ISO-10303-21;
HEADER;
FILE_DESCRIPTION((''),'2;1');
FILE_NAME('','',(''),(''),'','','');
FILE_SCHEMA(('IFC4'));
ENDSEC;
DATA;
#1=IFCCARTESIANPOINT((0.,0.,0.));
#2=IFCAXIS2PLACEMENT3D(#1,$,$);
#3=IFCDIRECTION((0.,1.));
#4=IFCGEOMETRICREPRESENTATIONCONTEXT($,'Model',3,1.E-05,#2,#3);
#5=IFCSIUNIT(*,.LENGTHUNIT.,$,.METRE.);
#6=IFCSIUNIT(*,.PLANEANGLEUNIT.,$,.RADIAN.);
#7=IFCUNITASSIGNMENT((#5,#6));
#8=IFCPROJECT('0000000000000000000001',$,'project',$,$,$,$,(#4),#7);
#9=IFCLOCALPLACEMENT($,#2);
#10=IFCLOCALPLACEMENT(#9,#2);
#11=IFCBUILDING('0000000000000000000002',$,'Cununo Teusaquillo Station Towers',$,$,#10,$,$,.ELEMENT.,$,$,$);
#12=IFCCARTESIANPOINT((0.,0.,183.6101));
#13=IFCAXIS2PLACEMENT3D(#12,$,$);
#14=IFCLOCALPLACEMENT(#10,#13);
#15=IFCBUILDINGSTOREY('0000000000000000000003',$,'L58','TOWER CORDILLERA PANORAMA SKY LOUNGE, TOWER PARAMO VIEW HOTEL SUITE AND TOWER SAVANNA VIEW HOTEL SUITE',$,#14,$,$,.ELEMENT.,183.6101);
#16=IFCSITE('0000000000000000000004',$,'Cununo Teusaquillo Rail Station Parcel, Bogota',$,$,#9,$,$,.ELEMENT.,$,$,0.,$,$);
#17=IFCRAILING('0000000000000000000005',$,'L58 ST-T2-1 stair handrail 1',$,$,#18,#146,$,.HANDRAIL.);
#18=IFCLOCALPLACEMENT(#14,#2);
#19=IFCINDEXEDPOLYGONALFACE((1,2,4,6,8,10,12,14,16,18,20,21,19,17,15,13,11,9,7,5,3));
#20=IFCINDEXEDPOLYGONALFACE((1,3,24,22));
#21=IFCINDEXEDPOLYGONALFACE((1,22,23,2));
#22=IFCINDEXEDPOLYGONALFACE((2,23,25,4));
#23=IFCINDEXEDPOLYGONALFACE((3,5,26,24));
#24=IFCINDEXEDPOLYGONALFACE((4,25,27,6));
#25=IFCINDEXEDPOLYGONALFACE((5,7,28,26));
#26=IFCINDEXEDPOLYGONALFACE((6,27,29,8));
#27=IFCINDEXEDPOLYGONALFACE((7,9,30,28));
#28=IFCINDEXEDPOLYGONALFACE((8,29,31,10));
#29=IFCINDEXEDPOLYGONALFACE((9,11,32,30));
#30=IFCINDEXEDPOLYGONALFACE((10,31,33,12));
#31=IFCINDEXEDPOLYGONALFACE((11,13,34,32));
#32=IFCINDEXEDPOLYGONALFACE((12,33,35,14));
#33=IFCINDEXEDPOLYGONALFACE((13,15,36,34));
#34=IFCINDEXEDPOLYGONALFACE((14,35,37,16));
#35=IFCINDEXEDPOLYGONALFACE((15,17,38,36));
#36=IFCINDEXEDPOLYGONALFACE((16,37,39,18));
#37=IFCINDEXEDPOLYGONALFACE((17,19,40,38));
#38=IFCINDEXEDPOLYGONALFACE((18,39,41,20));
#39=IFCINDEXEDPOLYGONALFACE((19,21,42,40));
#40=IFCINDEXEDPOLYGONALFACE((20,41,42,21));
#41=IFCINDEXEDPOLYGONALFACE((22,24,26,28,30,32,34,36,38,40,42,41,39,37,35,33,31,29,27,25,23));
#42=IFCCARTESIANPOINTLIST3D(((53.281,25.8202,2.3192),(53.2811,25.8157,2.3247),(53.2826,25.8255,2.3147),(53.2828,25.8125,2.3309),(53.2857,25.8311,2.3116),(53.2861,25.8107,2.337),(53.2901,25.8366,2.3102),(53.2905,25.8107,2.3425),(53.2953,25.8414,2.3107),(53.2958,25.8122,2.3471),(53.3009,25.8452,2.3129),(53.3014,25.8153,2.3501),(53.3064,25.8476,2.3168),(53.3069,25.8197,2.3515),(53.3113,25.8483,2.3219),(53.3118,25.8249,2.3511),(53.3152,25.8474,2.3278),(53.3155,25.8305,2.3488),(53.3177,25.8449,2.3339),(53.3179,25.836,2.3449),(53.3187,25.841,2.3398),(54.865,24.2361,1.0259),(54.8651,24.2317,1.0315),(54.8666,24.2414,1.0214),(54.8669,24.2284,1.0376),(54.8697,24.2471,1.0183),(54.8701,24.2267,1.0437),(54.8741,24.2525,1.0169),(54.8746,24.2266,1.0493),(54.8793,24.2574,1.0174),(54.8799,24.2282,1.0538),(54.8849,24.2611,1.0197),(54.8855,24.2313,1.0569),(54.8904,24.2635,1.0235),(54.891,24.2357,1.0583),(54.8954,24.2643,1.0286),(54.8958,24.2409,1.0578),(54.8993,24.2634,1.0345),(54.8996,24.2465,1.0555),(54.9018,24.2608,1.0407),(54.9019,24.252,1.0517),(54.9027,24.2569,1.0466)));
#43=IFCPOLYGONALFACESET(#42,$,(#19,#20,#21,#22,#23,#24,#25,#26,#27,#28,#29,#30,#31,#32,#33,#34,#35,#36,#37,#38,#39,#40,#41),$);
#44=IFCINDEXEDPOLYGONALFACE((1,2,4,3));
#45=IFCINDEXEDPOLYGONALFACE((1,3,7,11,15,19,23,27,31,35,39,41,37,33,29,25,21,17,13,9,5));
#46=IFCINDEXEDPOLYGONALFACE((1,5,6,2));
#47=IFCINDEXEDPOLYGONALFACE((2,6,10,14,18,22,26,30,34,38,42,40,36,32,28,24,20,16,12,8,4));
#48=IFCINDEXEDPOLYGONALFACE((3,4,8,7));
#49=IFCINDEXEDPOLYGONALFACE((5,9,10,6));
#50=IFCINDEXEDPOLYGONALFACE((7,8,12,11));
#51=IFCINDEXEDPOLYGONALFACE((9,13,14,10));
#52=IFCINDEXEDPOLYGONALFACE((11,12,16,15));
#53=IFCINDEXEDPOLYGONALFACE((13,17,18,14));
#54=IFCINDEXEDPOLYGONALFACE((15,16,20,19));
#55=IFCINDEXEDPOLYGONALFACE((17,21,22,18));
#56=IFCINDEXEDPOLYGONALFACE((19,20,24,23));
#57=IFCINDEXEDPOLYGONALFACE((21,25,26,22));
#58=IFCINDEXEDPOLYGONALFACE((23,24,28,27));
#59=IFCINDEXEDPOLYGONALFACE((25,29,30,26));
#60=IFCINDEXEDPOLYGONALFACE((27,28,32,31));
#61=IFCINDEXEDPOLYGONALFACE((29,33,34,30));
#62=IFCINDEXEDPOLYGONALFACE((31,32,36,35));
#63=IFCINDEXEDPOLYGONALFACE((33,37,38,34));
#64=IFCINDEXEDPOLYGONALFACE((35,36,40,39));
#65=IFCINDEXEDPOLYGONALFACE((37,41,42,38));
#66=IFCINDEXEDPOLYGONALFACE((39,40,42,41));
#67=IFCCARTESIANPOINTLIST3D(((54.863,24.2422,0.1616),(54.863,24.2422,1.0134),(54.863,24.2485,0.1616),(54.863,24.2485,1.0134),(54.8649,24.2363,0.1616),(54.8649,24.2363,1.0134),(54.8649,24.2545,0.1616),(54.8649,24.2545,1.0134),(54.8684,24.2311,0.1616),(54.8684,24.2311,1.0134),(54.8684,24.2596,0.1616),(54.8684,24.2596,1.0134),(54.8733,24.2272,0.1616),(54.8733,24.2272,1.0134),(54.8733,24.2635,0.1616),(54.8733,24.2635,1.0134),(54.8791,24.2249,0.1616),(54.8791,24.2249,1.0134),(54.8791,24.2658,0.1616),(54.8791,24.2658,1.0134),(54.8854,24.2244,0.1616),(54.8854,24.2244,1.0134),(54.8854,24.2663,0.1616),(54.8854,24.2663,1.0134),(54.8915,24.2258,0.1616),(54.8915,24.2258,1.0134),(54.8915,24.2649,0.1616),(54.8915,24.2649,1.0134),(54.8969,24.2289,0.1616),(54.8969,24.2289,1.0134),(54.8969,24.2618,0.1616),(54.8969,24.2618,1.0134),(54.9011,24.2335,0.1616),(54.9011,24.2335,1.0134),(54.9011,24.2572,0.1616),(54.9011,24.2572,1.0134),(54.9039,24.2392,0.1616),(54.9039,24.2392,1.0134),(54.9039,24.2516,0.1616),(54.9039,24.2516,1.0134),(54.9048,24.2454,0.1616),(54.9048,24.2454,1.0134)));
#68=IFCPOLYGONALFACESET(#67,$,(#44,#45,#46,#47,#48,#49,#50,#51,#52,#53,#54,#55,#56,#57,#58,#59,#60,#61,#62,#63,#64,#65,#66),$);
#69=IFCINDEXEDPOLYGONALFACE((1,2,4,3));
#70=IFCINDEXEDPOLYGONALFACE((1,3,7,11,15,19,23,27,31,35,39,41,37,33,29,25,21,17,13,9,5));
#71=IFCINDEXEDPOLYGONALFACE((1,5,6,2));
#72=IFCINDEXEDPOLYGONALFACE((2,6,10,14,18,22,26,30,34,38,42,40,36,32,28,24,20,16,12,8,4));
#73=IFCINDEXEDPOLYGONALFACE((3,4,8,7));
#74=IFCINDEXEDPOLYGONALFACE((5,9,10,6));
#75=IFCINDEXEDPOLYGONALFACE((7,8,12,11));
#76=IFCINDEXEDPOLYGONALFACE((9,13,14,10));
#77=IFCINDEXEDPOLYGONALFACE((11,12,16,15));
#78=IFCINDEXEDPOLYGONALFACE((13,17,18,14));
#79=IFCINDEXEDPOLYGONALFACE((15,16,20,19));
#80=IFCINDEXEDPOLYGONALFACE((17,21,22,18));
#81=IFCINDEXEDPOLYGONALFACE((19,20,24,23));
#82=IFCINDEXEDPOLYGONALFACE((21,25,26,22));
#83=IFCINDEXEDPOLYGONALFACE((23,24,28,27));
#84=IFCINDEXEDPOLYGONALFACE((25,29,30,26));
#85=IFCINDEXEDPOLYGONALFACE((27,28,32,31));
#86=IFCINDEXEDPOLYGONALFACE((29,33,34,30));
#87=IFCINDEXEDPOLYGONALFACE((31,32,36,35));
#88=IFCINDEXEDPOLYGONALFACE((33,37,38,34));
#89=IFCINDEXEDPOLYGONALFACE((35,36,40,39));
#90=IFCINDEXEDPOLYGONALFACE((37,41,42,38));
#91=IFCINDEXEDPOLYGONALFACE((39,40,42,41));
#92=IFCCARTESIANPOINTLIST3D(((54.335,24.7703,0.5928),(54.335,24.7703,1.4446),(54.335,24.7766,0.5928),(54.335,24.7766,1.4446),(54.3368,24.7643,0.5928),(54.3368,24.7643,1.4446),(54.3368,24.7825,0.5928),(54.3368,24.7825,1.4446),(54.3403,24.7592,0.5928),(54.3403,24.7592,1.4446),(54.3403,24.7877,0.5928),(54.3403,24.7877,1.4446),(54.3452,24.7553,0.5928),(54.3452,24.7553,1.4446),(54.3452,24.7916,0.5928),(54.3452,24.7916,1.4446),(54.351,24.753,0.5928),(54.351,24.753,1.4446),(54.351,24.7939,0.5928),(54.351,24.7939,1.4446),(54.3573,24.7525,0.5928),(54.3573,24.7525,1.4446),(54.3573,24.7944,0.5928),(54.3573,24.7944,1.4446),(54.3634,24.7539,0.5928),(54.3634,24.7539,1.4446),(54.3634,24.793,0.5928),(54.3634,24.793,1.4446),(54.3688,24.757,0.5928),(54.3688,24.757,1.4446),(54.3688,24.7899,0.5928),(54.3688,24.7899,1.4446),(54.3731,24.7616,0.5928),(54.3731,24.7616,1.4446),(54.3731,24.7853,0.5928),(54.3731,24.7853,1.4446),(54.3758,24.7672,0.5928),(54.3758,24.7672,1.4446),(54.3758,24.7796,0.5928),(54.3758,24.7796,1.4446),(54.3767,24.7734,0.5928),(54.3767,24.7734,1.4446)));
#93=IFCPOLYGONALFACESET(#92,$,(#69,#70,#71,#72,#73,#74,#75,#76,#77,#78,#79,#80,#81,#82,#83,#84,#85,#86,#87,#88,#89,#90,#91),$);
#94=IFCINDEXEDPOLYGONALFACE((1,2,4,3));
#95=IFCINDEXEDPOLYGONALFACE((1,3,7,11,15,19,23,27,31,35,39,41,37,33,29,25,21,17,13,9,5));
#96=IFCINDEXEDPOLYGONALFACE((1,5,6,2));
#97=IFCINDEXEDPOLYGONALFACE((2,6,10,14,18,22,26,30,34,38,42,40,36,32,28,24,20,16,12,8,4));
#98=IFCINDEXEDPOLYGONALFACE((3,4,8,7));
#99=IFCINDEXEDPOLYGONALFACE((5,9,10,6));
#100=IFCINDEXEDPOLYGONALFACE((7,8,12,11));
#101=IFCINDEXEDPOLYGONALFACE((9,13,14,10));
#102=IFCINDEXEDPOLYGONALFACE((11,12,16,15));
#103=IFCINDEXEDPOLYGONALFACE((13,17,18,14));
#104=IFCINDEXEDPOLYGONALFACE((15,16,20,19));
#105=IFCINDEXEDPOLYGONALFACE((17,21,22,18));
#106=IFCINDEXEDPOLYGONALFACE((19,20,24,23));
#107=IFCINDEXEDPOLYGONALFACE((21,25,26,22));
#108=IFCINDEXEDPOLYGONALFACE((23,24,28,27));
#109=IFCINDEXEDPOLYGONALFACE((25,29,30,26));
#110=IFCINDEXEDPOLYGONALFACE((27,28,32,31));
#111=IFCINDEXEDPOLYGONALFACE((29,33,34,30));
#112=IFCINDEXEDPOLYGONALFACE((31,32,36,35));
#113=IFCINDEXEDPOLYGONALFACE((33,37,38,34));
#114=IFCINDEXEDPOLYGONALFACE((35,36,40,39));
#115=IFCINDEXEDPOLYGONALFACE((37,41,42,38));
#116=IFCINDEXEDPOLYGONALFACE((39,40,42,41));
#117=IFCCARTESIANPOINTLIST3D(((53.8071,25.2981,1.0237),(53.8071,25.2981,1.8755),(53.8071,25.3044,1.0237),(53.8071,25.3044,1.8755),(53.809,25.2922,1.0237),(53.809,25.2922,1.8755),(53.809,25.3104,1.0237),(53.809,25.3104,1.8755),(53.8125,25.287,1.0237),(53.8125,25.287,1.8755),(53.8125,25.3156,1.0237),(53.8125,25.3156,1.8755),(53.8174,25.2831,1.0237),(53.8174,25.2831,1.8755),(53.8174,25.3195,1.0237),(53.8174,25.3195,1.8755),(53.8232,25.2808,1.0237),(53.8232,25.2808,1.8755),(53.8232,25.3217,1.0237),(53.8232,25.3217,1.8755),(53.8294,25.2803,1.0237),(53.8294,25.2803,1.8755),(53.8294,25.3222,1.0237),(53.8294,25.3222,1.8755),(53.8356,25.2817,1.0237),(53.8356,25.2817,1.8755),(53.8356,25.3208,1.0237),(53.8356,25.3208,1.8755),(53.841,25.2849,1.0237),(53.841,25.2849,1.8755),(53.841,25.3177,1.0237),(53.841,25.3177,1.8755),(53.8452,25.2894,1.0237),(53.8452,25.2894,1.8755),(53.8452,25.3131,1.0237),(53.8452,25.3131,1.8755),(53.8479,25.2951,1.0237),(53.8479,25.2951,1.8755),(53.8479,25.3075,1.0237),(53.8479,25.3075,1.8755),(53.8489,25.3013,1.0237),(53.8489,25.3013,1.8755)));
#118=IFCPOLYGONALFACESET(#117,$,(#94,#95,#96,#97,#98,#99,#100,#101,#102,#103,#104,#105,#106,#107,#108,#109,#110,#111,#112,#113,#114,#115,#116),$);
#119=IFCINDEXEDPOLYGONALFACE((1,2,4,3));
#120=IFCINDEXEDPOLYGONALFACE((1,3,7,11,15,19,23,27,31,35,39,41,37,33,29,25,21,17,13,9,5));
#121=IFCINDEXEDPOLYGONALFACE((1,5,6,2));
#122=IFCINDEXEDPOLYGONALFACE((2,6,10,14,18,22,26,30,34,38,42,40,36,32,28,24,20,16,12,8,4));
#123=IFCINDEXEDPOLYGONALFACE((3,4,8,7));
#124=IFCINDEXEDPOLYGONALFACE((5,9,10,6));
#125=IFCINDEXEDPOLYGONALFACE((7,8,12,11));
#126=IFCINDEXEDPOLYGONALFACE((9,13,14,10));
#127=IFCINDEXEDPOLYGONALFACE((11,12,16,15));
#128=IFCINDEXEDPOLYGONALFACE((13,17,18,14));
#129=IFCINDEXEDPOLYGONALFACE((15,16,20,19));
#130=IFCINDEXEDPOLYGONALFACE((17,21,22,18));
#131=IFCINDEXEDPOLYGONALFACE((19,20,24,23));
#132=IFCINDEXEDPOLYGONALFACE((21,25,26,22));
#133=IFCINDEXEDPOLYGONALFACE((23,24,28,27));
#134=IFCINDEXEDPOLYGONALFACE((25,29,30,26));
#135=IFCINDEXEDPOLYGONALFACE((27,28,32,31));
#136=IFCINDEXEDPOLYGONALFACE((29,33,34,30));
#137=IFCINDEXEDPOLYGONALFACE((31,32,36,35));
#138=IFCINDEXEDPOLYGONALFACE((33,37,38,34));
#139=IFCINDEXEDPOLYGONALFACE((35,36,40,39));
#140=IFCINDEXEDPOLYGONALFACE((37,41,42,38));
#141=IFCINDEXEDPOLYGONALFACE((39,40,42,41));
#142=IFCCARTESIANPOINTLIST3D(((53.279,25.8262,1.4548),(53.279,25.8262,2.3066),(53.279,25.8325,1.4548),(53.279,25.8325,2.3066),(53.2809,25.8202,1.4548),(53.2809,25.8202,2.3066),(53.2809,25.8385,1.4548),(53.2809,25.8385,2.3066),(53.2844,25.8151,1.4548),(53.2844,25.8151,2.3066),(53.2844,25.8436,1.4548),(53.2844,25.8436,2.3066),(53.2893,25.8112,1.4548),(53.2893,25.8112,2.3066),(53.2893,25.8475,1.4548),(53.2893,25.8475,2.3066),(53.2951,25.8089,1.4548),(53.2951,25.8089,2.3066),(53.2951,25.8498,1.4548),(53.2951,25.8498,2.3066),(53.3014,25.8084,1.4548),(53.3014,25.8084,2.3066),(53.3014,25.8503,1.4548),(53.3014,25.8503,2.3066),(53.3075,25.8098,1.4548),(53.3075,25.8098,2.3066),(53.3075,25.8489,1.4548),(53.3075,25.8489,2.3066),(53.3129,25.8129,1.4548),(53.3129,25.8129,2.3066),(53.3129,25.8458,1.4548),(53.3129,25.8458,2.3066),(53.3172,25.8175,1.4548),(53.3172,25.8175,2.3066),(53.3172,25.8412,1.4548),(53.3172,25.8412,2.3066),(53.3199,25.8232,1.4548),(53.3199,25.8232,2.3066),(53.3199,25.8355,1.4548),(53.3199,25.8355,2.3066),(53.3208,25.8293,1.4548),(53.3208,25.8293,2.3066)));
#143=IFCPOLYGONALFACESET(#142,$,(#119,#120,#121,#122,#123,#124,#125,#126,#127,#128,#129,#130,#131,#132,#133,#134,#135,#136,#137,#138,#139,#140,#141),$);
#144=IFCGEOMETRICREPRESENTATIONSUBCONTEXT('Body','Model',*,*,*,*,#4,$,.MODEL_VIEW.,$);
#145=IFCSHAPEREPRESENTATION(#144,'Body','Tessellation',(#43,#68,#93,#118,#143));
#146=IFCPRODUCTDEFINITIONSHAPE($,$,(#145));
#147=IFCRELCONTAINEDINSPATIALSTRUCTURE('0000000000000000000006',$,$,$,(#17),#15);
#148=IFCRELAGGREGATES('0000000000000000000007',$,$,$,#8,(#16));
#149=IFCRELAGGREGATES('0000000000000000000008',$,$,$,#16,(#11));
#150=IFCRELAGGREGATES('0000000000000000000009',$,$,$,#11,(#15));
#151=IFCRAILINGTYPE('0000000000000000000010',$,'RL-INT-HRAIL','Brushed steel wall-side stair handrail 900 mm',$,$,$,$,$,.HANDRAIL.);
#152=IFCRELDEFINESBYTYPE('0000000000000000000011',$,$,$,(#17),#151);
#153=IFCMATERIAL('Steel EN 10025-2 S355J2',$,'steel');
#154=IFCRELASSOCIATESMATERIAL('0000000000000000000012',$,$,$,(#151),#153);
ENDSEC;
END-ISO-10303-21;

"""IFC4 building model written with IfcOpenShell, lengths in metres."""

from ifc_helpers import new_model, si_unit, direction, frame, origin, origin_2d, place, context, subcontext, project, spatial, circle, extrude, material, type_object, element, save


model = new_model("IFC4")

# Units and contexts
model_context = context("Model", 3, precision=1e-05, world=origin(), true_north=direction((0.0, 1.0)))
body_context = subcontext(model_context, "Body", "Model", "MODEL_VIEW")
ifc_project = project(units=[si_unit("LENGTHUNIT", "METRE"), si_unit("PLANEANGLEUNIT", "RADIAN")], contexts=[model_context])

# Site, building, storey
site_placement = place(None, origin())
site = spatial("IfcSite", under=ifc_project, at=site_placement, Name="Cununo Teusaquillo Rail Station Parcel, Bogota", CompositionType="ELEMENT", RefElevation=0.0)
building_placement = place(site_placement, origin())
building = spatial("IfcBuilding", under=site, at=building_placement, Name="Cununo Teusaquillo Station Towers", CompositionType="ELEMENT")
storey_placement = place(building_placement, frame((0.0, 0.0, 183.6101)))
storey = spatial("IfcBuildingStorey", under=building, at=storey_placement, Name="L58", Description="TOWER CORDILLERA PANORAMA SKY LOUNGE, TOWER PARAMO VIEW HOTEL SUITE AND TOWER SAVANNA VIEW HOTEL SUITE", CompositionType="ELEMENT", Elevation=183.6101)

# Railing
ifc_material_1 = material(Name="Steel EN 10025-2 S355J2", Category="steel")
railing_type_1 = type_object("IfcRailingType", Name="RL-INT-HRAIL", Description="Brushed steel wall-side stair handrail 900 mm", PredefinedType="HANDRAIL", material=ifc_material_1)
railing_1_placement = place(storey_placement, frame((54.8838, 24.2454, 0.1616)))
element("IfcRailing", 1, at=railing_1_placement, inside=storey, type_object=railing_type_1, Name="L58 ST-T2-1 stair handrail 1", PredefinedType="HANDRAIL", context=body_context, shape_type="SweptSolid", body=[
    extrude(circle(Radius=0.0239, at=origin_2d()), frame((0.0, 0.0, 0.876), z_axis=(-0.612385, 0.612385, 0.49997), x_axis=(-0.707107, -0.707107, 0.0)), (0.0, 0.0, 1.0), 2.5867),
    extrude(circle(Radius=0.021, at=origin_2d()), origin(), (0.0, 0.0, 1.0), 0.8518),
    extrude(circle(Radius=0.021, at=origin_2d()), frame((-0.5281, 0.5281, 0.4312)), (0.0, 0.0, 1.0), 0.8518),
    extrude(circle(Radius=0.021, at=origin_2d()), frame((-1.0559, 1.0559, 0.8621)), (0.0, 0.0, 1.0), 0.8518),
    extrude(circle(Radius=0.021, at=origin_2d()), frame((-1.584, 1.584, 1.2932)), (0.0, 0.0, 1.0), 0.8518),
])

save(model, "model.ifc")
